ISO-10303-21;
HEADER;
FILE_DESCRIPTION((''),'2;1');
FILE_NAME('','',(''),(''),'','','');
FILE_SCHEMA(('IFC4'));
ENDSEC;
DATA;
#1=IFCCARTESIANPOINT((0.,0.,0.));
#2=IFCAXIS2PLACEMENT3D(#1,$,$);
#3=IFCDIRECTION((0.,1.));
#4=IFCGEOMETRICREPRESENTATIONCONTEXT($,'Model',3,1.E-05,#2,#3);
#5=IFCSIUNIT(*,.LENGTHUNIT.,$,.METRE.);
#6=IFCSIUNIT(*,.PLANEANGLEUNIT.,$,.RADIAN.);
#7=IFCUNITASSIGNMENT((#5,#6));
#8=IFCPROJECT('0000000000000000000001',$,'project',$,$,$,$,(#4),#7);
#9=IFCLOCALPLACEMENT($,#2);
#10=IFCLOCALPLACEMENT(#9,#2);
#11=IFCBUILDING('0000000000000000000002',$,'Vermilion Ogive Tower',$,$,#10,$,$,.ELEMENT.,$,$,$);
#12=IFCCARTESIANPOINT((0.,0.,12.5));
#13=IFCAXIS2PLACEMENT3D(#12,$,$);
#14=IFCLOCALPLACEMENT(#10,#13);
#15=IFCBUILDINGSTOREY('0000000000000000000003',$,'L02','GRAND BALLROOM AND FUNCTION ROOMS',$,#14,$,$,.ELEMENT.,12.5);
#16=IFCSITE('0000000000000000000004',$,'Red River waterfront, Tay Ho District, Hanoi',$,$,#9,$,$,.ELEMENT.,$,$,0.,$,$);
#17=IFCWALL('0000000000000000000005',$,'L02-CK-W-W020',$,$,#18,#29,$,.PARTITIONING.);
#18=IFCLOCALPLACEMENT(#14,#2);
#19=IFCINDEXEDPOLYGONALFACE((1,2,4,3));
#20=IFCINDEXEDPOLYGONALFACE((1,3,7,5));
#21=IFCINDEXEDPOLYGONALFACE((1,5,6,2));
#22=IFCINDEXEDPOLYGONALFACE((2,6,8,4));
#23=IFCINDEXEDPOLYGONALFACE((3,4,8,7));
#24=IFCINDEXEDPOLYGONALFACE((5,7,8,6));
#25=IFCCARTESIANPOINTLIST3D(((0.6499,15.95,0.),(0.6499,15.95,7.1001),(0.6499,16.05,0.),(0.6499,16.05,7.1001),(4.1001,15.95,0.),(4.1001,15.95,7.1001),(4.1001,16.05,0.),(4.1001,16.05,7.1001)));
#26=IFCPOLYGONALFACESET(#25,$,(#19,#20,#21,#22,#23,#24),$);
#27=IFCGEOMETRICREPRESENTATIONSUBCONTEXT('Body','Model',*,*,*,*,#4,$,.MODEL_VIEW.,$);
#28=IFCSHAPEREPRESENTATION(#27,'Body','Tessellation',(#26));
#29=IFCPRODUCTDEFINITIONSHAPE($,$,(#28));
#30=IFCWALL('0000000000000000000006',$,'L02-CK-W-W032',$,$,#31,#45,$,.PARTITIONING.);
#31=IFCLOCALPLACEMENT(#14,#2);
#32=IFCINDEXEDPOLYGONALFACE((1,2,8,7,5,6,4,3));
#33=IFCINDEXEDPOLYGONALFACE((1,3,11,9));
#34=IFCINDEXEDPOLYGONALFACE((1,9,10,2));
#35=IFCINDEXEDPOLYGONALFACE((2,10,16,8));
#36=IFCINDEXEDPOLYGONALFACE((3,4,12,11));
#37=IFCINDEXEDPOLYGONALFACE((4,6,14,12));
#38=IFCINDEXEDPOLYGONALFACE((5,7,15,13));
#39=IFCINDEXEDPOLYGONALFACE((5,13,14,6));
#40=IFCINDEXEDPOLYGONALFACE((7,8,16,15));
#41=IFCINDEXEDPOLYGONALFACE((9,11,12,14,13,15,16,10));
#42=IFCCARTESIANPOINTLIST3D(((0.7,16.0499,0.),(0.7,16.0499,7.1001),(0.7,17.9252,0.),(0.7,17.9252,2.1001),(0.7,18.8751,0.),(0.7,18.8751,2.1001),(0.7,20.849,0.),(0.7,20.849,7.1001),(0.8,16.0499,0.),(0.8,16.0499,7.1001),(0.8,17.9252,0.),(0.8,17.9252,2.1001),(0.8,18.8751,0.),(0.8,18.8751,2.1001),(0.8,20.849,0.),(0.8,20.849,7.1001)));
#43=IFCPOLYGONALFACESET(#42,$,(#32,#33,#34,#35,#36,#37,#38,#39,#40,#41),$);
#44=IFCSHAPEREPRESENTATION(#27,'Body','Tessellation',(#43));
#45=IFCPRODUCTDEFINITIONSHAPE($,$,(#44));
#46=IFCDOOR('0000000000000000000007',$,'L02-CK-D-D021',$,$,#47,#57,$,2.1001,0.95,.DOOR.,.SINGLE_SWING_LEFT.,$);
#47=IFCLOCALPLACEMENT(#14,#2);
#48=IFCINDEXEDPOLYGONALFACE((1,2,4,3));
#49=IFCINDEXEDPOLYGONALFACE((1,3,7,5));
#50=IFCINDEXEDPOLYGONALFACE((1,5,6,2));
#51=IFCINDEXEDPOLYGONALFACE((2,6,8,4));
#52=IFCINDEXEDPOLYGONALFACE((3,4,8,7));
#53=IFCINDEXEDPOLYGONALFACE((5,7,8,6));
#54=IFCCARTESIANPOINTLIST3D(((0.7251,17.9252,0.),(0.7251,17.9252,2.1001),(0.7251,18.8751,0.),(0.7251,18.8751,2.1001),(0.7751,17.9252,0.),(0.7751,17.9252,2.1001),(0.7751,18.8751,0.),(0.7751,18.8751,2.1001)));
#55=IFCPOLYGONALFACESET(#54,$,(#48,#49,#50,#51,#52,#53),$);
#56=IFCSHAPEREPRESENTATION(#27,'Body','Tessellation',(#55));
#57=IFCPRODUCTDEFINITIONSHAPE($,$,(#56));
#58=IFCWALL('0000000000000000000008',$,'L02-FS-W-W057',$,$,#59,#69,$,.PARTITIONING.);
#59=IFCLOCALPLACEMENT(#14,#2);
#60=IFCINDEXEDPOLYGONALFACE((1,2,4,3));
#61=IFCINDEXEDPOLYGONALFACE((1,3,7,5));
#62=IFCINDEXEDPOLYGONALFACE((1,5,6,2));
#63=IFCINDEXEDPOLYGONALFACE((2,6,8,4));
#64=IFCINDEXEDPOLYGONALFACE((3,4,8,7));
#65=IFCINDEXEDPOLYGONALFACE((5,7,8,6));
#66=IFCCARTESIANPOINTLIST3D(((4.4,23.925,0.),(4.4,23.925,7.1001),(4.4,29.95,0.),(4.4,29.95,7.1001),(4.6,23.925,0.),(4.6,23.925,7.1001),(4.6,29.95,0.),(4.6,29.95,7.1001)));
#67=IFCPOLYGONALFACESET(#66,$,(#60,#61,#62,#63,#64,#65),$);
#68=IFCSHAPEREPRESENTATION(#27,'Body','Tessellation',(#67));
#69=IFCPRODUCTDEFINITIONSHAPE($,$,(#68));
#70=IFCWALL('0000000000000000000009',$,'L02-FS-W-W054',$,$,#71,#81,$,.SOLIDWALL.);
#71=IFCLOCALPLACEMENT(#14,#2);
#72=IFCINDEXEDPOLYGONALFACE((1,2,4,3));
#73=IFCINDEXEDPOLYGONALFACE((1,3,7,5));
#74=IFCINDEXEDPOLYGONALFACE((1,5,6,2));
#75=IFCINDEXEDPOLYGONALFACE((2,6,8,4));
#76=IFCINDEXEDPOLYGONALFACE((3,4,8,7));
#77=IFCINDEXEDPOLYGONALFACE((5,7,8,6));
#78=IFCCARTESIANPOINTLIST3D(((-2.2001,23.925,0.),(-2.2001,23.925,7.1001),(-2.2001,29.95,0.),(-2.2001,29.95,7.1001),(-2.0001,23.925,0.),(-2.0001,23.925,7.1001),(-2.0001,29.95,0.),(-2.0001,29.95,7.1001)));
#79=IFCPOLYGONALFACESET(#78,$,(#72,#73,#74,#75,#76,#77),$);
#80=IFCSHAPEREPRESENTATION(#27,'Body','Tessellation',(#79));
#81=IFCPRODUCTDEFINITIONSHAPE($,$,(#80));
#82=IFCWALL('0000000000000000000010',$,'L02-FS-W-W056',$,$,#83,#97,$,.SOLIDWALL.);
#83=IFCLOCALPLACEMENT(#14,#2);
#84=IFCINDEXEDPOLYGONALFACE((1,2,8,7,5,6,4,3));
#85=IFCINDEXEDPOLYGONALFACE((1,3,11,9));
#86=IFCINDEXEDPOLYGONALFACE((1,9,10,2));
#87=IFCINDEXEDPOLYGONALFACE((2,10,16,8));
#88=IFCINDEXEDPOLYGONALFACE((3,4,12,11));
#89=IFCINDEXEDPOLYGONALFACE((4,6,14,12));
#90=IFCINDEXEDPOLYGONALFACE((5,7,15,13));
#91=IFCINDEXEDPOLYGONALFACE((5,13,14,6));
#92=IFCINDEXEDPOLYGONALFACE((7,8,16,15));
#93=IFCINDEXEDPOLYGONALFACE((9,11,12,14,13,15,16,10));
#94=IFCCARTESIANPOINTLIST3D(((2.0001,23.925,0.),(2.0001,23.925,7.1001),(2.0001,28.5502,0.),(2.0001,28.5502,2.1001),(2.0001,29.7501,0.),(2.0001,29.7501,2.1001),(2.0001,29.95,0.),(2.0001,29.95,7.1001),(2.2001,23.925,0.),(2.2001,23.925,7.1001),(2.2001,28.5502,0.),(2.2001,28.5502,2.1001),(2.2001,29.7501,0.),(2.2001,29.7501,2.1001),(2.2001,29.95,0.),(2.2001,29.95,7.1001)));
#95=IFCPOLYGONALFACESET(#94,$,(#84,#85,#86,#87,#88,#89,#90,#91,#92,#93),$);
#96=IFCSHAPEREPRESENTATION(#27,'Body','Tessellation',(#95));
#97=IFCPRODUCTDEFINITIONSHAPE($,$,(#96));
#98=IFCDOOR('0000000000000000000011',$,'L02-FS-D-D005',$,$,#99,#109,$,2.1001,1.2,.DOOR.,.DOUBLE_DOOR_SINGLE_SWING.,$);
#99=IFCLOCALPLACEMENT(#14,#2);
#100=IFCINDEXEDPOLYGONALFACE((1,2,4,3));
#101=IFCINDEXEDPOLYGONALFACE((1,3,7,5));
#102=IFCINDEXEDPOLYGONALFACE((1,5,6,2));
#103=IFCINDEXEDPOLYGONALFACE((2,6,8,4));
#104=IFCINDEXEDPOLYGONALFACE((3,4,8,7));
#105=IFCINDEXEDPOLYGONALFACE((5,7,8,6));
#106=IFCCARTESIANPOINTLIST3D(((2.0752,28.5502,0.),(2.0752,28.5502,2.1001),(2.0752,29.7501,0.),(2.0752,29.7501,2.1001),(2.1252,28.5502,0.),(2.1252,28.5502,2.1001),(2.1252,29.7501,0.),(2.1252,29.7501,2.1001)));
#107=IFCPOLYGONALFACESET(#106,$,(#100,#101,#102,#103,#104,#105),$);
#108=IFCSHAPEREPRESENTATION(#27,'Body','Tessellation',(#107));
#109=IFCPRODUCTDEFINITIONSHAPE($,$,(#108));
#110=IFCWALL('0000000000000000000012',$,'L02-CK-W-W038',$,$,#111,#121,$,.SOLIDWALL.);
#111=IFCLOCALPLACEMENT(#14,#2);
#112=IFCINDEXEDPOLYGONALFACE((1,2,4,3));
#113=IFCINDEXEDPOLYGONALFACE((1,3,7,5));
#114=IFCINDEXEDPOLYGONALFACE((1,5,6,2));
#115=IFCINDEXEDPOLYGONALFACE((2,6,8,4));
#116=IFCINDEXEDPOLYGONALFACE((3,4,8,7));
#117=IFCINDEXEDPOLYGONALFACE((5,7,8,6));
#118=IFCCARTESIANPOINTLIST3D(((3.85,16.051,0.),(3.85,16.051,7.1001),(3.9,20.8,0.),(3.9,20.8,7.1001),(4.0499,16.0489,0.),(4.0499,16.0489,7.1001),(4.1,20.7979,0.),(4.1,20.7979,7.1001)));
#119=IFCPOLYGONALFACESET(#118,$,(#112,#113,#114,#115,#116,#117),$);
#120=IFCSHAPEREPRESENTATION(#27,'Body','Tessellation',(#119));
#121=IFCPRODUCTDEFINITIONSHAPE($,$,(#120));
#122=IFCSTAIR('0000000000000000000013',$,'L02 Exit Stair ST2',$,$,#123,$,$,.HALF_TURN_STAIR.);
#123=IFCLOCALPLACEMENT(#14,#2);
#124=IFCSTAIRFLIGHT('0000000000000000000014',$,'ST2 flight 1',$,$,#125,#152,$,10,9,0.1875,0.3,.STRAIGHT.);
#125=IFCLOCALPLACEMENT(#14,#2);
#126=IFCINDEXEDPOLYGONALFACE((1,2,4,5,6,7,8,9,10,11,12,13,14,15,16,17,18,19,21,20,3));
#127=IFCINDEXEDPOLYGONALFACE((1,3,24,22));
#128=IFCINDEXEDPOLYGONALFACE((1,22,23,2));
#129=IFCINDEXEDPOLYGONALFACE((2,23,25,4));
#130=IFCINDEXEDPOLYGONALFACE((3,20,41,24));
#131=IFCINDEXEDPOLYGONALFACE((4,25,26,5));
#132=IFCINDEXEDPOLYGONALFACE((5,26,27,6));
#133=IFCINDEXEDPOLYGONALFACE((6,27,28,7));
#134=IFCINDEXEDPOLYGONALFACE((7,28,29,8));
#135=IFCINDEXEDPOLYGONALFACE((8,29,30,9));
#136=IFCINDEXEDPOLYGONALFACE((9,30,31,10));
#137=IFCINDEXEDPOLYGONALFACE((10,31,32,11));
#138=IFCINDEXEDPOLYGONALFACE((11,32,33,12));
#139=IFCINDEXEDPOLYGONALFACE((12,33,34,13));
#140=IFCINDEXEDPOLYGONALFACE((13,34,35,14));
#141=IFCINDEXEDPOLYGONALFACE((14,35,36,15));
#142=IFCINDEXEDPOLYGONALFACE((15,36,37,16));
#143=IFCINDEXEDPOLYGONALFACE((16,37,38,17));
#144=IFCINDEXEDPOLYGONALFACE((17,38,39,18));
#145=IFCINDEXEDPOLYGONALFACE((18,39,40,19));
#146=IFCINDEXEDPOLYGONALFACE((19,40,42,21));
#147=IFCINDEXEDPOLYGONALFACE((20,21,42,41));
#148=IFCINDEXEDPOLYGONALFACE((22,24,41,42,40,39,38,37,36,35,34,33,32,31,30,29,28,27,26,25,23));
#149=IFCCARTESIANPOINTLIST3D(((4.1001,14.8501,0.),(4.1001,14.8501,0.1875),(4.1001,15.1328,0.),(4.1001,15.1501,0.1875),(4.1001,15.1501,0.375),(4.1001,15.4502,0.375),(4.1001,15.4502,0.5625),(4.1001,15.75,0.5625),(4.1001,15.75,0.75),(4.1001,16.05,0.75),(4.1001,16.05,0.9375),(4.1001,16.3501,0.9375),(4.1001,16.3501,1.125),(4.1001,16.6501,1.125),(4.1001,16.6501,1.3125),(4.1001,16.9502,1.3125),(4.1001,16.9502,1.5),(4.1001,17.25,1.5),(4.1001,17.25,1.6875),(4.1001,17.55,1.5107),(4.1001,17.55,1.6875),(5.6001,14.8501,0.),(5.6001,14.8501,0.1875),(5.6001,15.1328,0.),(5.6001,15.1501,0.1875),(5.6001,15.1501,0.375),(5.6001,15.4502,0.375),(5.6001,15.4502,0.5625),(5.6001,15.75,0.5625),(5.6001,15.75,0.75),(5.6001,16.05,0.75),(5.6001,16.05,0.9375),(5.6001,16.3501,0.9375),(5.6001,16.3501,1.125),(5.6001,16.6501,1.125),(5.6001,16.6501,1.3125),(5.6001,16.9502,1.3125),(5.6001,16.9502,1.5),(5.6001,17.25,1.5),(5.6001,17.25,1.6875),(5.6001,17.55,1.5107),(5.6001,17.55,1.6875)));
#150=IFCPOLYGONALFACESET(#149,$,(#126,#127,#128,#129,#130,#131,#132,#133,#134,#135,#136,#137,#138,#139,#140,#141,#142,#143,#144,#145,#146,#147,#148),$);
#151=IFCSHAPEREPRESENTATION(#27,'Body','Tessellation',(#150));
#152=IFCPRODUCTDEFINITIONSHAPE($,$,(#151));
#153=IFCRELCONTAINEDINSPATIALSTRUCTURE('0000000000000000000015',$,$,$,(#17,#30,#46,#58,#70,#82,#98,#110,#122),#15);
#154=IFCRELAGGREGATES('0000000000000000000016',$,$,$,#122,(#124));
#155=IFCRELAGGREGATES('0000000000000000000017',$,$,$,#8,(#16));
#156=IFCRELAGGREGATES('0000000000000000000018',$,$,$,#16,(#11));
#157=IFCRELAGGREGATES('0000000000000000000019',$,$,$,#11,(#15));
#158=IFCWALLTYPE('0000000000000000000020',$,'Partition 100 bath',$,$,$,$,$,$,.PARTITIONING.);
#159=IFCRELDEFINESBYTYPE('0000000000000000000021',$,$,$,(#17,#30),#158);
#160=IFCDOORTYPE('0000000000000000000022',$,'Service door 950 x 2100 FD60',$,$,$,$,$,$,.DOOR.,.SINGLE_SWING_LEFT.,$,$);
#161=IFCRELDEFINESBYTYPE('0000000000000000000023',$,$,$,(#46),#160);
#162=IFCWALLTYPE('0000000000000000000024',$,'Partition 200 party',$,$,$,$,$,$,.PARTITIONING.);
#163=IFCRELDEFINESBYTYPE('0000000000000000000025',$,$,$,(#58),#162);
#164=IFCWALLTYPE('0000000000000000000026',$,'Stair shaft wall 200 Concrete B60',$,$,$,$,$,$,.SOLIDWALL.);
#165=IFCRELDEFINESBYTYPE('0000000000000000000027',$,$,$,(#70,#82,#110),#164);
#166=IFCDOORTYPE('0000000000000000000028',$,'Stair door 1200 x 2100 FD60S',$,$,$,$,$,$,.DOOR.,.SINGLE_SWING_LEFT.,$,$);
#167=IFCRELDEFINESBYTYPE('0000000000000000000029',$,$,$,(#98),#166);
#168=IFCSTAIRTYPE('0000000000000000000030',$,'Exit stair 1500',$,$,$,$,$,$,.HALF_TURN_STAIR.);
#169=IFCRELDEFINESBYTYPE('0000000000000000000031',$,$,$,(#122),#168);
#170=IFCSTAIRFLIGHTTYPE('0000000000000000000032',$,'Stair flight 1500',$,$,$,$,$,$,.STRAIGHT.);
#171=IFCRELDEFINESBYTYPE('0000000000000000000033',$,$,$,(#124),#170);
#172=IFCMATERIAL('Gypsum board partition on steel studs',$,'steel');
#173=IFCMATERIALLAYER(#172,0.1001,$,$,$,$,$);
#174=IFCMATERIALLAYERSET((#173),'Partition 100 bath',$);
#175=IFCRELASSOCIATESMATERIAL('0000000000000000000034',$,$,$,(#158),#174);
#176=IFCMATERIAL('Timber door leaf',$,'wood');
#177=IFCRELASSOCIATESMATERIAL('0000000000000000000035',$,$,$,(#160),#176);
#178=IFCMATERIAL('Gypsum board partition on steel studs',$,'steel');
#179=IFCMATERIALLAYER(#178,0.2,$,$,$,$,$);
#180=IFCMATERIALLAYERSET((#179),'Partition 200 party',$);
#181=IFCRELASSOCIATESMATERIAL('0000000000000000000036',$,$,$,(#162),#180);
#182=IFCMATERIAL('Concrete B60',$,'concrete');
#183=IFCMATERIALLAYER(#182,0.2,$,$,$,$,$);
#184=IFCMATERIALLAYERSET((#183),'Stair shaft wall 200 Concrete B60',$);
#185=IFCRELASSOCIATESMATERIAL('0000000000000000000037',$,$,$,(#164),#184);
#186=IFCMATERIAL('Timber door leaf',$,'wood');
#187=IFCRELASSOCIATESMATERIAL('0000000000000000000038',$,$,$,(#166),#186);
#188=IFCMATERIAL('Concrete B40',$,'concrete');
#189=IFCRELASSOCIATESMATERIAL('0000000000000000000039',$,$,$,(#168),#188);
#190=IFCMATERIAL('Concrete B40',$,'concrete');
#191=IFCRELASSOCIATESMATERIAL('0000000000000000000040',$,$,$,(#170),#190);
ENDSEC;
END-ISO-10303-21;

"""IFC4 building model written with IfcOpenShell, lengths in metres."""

from ifc_helpers import new_model, si_unit, direction, frame, frame_2d, origin, place, context, subcontext, project, spatial, polyline, rectangle, outline, extrude, material, layer, layer_set, type_object, element, fill, aggregate, save


model = new_model("IFC4")

# Units and contexts
model_context = context("Model", 3, precision=1e-05, world=origin(), true_north=direction((0.0, 1.0)))
body_context = subcontext(model_context, "Body", "Model", "MODEL_VIEW")
ifc_project = project(units=[si_unit("LENGTHUNIT", "METRE"), si_unit("PLANEANGLEUNIT", "RADIAN")], contexts=[model_context])

# Site, building, storey
site_placement = place(None, origin())
site = spatial("IfcSite", under=ifc_project, at=site_placement, Name="Red River waterfront, Tay Ho District, Hanoi", CompositionType="ELEMENT", RefElevation=0.0)
building_placement = place(site_placement, origin())
building = spatial("IfcBuilding", under=site, at=building_placement, Name="Vermilion Ogive Tower", CompositionType="ELEMENT")
storey_placement = place(building_placement, frame((0.0, 0.0, 12.5)))
storey = spatial("IfcBuildingStorey", under=building, at=storey_placement, Name="L02", Description="GRAND BALLROOM AND FUNCTION ROOMS", CompositionType="ELEMENT", Elevation=12.5)

# Wall
ifc_material_1 = material(Name="Gypsum board partition on steel studs", Category="steel")
ifc_layer_1 = layer(ifc_material_1, 0.1001)
ifc_layer_set_1 = layer_set([ifc_layer_1], Name="Partition 100 bath")
wall_type_1 = type_object("IfcWallType", Name="Partition 100 bath", PredefinedType="PARTITIONING", material=ifc_layer_set_1)
wall_1_placement = place(storey_placement, frame((0.6499, 16.0, 0.0), z_axis=(0.0, 0.0, 1.0), x_axis=(1.0, 0.0, 0.0)))
element("IfcWall", 1, at=wall_1_placement, inside=storey, type_object=wall_type_1, Name="L02-CK-W-W020", PredefinedType="PARTITIONING", context=body_context, shape_type="SweptSolid", body=[
    extrude(rectangle(XDim=3.4502, YDim=0.1001, at=frame_2d((1.7251, 0.0))), origin(), (0.0, 0.0, 1.0), 7.1001),
])

# Wall, opening, door
wall_2_placement = place(storey_placement, frame((0.75, 16.05, 0.0), z_axis=(0.0, 0.0, 1.0), x_axis=(0.0, 1.0, 0.0)))
wall_2 = element("IfcWall", 2, at=wall_2_placement, inside=storey, type_object=wall_type_1, Name="L02-CK-W-W032", PredefinedType="PARTITIONING", context=body_context, shape_type="SweptSolid", body=[
    extrude(rectangle(XDim=4.7991, YDim=0.1001, at=frame_2d((2.3994, 0.0))), origin(), (0.0, 0.0, 1.0), 7.1001),
])
opening_1_placement = place(wall_2_placement, frame((1.875, 0.0, 0.0)))
opening_1 = element("IfcOpeningElement", 3, at=opening_1_placement, cuts=wall_2, PredefinedType="OPENING", context=body_context, shape_type="SweptSolid", body=[
    extrude(rectangle(XDim=0.95, YDim=2.1001, at=frame_2d((0.4751, 1.05))), frame((0.0, 0.0601, 0.0), z_axis=(0.0, -1.0, 0.0), x_axis=(1.0, 0.0, 0.0)), (0.0, 0.0, 1.0), 0.1201),
])
ifc_material_2 = material(Name="Timber door leaf", Category="wood")
door_type_1 = type_object("IfcDoorType", Name="Service door 950 x 2100 FD60", OperationType="SINGLE_SWING_LEFT", PredefinedType="DOOR", material=ifc_material_2)
door_1_placement = place(opening_1_placement, origin())
door_1 = element("IfcDoor", 4, at=door_1_placement, inside=storey, type_object=door_type_1, Name="L02-CK-D-D021", OperationType="SINGLE_SWING_LEFT", OverallHeight=2.1001, OverallWidth=0.95, PredefinedType="DOOR", context=body_context, shape_type="SweptSolid", body=[
    extrude(rectangle(XDim=0.95, YDim=2.1001, at=frame_2d((0.4751, 1.05))), frame((0.0, 0.0249, 0.0), z_axis=(0.0, -1.0, 0.0), x_axis=(1.0, 0.0, 0.0)), (0.0, 0.0, 1.0), 0.05),
])
fill(opening_1, door_1)

# Walls
ifc_material_3 = material(Name="Gypsum board partition on steel studs", Category="steel")
ifc_layer_2 = layer(ifc_material_3, 0.2)
ifc_layer_set_2 = layer_set([ifc_layer_2], Name="Partition 200 party")
wall_type_2 = type_object("IfcWallType", Name="Partition 200 party", PredefinedType="PARTITIONING", material=ifc_layer_set_2)
wall_3_placement = place(storey_placement, frame((4.5, 23.925, 0.0), z_axis=(0.0, 0.0, 1.0), x_axis=(0.0, 1.0, 0.0)))
element("IfcWall", 5, at=wall_3_placement, inside=storey, type_object=wall_type_2, Name="L02-FS-W-W057", PredefinedType="PARTITIONING", context=body_context, shape_type="SweptSolid", body=[
    extrude(rectangle(XDim=6.0249, YDim=0.2, at=frame_2d((3.0125, 0.0))), origin(), (0.0, 0.0, 1.0), 7.1001),
])
ifc_material_4 = material(Name="Concrete B60", Category="concrete")
ifc_layer_3 = layer(ifc_material_4, 0.2)
ifc_layer_set_3 = layer_set([ifc_layer_3], Name="Stair shaft wall 200 Concrete B60")
wall_type_3 = type_object("IfcWallType", Name="Stair shaft wall 200 Concrete B60", PredefinedType="SOLIDWALL", material=ifc_layer_set_3)
wall_4_placement = place(storey_placement, frame((-2.1001, 23.925, 0.0), z_axis=(0.0, 0.0, 1.0), x_axis=(0.0, 1.0, 0.0)))
element("IfcWall", 6, at=wall_4_placement, inside=storey, type_object=wall_type_3, Name="L02-FS-W-W054", PredefinedType="SOLIDWALL", context=body_context, shape_type="SweptSolid", body=[
    extrude(rectangle(XDim=6.0249, YDim=0.2, at=frame_2d((3.0125, 0.0))), origin(), (0.0, 0.0, 1.0), 7.1001),
])

# Wall, opening, door
wall_5_placement = place(storey_placement, frame((2.1001, 23.925, 0.0), z_axis=(0.0, 0.0, 1.0), x_axis=(0.0, 1.0, 0.0)))
wall_5 = element("IfcWall", 7, at=wall_5_placement, inside=storey, type_object=wall_type_3, Name="L02-FS-W-W056", PredefinedType="SOLIDWALL", context=body_context, shape_type="SweptSolid", body=[
    extrude(rectangle(XDim=6.0249, YDim=0.2, at=frame_2d((3.0125, 0.0))), origin(), (0.0, 0.0, 1.0), 7.1001),
])
opening_2_placement = place(wall_5_placement, frame((4.625, 0.0, 0.0)))
opening_2 = element("IfcOpeningElement", 8, at=opening_2_placement, cuts=wall_5, PredefinedType="OPENING", context=body_context, shape_type="SweptSolid", body=[
    extrude(rectangle(XDim=1.2, YDim=2.1001, at=frame_2d((0.6001, 1.05))), frame((0.0, 0.1099, 0.0), z_axis=(0.0, -1.0, 0.0), x_axis=(1.0, 0.0, 0.0)), (0.0, 0.0, 1.0), 0.22),
])
ifc_material_5 = material(Name="Timber door leaf", Category="wood")
door_type_2 = type_object("IfcDoorType", Name="Stair door 1200 x 2100 FD60S", OperationType="SINGLE_SWING_LEFT", PredefinedType="DOOR", material=ifc_material_5)
door_2_placement = place(opening_2_placement, origin())
door_2 = element("IfcDoor", 9, at=door_2_placement, inside=storey, type_object=door_type_2, Name="L02-FS-D-D005", OperationType="DOUBLE_DOOR_SINGLE_SWING", OverallHeight=2.1001, OverallWidth=1.2, PredefinedType="DOOR", context=body_context, shape_type="SweptSolid", body=[
    extrude(rectangle(XDim=1.2, YDim=2.1001, at=frame_2d((0.6001, 1.05))), frame((0.0, 0.0249, 0.0), z_axis=(0.0, -1.0, 0.0), x_axis=(1.0, 0.0, 0.0)), (0.0, 0.0, 1.0), 0.05),
])
fill(opening_2, door_2)

# Wall
wall_6_placement = place(storey_placement, frame((3.95, 16.05, 0.0), z_axis=(0.0, 0.0, 1.0), x_axis=(0.010538, 0.999944, 0.0)))
element("IfcWall", 10, at=wall_6_placement, inside=storey, type_object=wall_type_3, Name="L02-CK-W-W038", PredefinedType="SOLIDWALL", context=body_context, shape_type="SweptSolid", body=[
    extrude(rectangle(XDim=4.7493, YDim=0.2, at=frame_2d((2.3745, 0.0))), origin(), (0.0, 0.0, 1.0), 7.1001),
])

# Stair, stair flight
ifc_material_6 = material(Name="Concrete B40", Category="concrete")
stair_type = type_object("IfcStairType", Name="Exit stair 1500", PredefinedType="HALF_TURN_STAIR", material=ifc_material_6)
stair_placement = place(storey_placement, origin())
stair = element("IfcStair", 11, at=stair_placement, inside=storey, type_object=stair_type, Name="L02 Exit Stair ST2", PredefinedType="HALF_TURN_STAIR")
ifc_material_7 = material(Name="Concrete B40", Category="concrete")
stair_flight_type = type_object("IfcStairFlightType", Name="Stair flight 1500", PredefinedType="STRAIGHT", material=ifc_material_7)
stair_flight_1_placement = place(storey_placement, frame((4.8501, 14.8501, 0.0), z_axis=(0.0, 0.0, 1.0), x_axis=(0.0, 1.0, 0.0)))
stair_flight_1 = element("IfcStairFlight", 12, at=stair_flight_1_placement, type_object=stair_flight_type, Name="ST2 flight 1", NumberOfRisers=10, NumberOfTreads=9, PredefinedType="STRAIGHT", RiserHeight=0.1875, TreadLength=0.3, context=body_context, shape_type="SweptSolid", body=[
    extrude(outline(polyline([(0.0, 0.0), (0.0, 0.1875), (0.3, 0.1875), (0.3, 0.375), (0.6001, 0.375), (0.6001, 0.5625), (0.8999, 0.5625), (0.8999, 0.75), (1.2, 0.75), (1.2, 0.9375), (1.5, 0.9375), (1.5, 1.125), (1.8, 1.125), (1.8, 1.3125), (2.1001, 1.3125), (2.1001, 1.5), (2.3999, 1.5), (2.3999, 1.6875), (2.7, 1.6875), (2.7, 1.875), (2.7, 1.5107), (0.2827, 0.0), (0.0, 0.0)])), frame((0.0, 0.75, 0.0), z_axis=(0.0, -1.0, 0.0), x_axis=(1.0, 0.0, 0.0)), (0.0, 0.0, 1.0), 1.5),
])
aggregate(stair, [stair_flight_1])

save(model, "model.ifc")
